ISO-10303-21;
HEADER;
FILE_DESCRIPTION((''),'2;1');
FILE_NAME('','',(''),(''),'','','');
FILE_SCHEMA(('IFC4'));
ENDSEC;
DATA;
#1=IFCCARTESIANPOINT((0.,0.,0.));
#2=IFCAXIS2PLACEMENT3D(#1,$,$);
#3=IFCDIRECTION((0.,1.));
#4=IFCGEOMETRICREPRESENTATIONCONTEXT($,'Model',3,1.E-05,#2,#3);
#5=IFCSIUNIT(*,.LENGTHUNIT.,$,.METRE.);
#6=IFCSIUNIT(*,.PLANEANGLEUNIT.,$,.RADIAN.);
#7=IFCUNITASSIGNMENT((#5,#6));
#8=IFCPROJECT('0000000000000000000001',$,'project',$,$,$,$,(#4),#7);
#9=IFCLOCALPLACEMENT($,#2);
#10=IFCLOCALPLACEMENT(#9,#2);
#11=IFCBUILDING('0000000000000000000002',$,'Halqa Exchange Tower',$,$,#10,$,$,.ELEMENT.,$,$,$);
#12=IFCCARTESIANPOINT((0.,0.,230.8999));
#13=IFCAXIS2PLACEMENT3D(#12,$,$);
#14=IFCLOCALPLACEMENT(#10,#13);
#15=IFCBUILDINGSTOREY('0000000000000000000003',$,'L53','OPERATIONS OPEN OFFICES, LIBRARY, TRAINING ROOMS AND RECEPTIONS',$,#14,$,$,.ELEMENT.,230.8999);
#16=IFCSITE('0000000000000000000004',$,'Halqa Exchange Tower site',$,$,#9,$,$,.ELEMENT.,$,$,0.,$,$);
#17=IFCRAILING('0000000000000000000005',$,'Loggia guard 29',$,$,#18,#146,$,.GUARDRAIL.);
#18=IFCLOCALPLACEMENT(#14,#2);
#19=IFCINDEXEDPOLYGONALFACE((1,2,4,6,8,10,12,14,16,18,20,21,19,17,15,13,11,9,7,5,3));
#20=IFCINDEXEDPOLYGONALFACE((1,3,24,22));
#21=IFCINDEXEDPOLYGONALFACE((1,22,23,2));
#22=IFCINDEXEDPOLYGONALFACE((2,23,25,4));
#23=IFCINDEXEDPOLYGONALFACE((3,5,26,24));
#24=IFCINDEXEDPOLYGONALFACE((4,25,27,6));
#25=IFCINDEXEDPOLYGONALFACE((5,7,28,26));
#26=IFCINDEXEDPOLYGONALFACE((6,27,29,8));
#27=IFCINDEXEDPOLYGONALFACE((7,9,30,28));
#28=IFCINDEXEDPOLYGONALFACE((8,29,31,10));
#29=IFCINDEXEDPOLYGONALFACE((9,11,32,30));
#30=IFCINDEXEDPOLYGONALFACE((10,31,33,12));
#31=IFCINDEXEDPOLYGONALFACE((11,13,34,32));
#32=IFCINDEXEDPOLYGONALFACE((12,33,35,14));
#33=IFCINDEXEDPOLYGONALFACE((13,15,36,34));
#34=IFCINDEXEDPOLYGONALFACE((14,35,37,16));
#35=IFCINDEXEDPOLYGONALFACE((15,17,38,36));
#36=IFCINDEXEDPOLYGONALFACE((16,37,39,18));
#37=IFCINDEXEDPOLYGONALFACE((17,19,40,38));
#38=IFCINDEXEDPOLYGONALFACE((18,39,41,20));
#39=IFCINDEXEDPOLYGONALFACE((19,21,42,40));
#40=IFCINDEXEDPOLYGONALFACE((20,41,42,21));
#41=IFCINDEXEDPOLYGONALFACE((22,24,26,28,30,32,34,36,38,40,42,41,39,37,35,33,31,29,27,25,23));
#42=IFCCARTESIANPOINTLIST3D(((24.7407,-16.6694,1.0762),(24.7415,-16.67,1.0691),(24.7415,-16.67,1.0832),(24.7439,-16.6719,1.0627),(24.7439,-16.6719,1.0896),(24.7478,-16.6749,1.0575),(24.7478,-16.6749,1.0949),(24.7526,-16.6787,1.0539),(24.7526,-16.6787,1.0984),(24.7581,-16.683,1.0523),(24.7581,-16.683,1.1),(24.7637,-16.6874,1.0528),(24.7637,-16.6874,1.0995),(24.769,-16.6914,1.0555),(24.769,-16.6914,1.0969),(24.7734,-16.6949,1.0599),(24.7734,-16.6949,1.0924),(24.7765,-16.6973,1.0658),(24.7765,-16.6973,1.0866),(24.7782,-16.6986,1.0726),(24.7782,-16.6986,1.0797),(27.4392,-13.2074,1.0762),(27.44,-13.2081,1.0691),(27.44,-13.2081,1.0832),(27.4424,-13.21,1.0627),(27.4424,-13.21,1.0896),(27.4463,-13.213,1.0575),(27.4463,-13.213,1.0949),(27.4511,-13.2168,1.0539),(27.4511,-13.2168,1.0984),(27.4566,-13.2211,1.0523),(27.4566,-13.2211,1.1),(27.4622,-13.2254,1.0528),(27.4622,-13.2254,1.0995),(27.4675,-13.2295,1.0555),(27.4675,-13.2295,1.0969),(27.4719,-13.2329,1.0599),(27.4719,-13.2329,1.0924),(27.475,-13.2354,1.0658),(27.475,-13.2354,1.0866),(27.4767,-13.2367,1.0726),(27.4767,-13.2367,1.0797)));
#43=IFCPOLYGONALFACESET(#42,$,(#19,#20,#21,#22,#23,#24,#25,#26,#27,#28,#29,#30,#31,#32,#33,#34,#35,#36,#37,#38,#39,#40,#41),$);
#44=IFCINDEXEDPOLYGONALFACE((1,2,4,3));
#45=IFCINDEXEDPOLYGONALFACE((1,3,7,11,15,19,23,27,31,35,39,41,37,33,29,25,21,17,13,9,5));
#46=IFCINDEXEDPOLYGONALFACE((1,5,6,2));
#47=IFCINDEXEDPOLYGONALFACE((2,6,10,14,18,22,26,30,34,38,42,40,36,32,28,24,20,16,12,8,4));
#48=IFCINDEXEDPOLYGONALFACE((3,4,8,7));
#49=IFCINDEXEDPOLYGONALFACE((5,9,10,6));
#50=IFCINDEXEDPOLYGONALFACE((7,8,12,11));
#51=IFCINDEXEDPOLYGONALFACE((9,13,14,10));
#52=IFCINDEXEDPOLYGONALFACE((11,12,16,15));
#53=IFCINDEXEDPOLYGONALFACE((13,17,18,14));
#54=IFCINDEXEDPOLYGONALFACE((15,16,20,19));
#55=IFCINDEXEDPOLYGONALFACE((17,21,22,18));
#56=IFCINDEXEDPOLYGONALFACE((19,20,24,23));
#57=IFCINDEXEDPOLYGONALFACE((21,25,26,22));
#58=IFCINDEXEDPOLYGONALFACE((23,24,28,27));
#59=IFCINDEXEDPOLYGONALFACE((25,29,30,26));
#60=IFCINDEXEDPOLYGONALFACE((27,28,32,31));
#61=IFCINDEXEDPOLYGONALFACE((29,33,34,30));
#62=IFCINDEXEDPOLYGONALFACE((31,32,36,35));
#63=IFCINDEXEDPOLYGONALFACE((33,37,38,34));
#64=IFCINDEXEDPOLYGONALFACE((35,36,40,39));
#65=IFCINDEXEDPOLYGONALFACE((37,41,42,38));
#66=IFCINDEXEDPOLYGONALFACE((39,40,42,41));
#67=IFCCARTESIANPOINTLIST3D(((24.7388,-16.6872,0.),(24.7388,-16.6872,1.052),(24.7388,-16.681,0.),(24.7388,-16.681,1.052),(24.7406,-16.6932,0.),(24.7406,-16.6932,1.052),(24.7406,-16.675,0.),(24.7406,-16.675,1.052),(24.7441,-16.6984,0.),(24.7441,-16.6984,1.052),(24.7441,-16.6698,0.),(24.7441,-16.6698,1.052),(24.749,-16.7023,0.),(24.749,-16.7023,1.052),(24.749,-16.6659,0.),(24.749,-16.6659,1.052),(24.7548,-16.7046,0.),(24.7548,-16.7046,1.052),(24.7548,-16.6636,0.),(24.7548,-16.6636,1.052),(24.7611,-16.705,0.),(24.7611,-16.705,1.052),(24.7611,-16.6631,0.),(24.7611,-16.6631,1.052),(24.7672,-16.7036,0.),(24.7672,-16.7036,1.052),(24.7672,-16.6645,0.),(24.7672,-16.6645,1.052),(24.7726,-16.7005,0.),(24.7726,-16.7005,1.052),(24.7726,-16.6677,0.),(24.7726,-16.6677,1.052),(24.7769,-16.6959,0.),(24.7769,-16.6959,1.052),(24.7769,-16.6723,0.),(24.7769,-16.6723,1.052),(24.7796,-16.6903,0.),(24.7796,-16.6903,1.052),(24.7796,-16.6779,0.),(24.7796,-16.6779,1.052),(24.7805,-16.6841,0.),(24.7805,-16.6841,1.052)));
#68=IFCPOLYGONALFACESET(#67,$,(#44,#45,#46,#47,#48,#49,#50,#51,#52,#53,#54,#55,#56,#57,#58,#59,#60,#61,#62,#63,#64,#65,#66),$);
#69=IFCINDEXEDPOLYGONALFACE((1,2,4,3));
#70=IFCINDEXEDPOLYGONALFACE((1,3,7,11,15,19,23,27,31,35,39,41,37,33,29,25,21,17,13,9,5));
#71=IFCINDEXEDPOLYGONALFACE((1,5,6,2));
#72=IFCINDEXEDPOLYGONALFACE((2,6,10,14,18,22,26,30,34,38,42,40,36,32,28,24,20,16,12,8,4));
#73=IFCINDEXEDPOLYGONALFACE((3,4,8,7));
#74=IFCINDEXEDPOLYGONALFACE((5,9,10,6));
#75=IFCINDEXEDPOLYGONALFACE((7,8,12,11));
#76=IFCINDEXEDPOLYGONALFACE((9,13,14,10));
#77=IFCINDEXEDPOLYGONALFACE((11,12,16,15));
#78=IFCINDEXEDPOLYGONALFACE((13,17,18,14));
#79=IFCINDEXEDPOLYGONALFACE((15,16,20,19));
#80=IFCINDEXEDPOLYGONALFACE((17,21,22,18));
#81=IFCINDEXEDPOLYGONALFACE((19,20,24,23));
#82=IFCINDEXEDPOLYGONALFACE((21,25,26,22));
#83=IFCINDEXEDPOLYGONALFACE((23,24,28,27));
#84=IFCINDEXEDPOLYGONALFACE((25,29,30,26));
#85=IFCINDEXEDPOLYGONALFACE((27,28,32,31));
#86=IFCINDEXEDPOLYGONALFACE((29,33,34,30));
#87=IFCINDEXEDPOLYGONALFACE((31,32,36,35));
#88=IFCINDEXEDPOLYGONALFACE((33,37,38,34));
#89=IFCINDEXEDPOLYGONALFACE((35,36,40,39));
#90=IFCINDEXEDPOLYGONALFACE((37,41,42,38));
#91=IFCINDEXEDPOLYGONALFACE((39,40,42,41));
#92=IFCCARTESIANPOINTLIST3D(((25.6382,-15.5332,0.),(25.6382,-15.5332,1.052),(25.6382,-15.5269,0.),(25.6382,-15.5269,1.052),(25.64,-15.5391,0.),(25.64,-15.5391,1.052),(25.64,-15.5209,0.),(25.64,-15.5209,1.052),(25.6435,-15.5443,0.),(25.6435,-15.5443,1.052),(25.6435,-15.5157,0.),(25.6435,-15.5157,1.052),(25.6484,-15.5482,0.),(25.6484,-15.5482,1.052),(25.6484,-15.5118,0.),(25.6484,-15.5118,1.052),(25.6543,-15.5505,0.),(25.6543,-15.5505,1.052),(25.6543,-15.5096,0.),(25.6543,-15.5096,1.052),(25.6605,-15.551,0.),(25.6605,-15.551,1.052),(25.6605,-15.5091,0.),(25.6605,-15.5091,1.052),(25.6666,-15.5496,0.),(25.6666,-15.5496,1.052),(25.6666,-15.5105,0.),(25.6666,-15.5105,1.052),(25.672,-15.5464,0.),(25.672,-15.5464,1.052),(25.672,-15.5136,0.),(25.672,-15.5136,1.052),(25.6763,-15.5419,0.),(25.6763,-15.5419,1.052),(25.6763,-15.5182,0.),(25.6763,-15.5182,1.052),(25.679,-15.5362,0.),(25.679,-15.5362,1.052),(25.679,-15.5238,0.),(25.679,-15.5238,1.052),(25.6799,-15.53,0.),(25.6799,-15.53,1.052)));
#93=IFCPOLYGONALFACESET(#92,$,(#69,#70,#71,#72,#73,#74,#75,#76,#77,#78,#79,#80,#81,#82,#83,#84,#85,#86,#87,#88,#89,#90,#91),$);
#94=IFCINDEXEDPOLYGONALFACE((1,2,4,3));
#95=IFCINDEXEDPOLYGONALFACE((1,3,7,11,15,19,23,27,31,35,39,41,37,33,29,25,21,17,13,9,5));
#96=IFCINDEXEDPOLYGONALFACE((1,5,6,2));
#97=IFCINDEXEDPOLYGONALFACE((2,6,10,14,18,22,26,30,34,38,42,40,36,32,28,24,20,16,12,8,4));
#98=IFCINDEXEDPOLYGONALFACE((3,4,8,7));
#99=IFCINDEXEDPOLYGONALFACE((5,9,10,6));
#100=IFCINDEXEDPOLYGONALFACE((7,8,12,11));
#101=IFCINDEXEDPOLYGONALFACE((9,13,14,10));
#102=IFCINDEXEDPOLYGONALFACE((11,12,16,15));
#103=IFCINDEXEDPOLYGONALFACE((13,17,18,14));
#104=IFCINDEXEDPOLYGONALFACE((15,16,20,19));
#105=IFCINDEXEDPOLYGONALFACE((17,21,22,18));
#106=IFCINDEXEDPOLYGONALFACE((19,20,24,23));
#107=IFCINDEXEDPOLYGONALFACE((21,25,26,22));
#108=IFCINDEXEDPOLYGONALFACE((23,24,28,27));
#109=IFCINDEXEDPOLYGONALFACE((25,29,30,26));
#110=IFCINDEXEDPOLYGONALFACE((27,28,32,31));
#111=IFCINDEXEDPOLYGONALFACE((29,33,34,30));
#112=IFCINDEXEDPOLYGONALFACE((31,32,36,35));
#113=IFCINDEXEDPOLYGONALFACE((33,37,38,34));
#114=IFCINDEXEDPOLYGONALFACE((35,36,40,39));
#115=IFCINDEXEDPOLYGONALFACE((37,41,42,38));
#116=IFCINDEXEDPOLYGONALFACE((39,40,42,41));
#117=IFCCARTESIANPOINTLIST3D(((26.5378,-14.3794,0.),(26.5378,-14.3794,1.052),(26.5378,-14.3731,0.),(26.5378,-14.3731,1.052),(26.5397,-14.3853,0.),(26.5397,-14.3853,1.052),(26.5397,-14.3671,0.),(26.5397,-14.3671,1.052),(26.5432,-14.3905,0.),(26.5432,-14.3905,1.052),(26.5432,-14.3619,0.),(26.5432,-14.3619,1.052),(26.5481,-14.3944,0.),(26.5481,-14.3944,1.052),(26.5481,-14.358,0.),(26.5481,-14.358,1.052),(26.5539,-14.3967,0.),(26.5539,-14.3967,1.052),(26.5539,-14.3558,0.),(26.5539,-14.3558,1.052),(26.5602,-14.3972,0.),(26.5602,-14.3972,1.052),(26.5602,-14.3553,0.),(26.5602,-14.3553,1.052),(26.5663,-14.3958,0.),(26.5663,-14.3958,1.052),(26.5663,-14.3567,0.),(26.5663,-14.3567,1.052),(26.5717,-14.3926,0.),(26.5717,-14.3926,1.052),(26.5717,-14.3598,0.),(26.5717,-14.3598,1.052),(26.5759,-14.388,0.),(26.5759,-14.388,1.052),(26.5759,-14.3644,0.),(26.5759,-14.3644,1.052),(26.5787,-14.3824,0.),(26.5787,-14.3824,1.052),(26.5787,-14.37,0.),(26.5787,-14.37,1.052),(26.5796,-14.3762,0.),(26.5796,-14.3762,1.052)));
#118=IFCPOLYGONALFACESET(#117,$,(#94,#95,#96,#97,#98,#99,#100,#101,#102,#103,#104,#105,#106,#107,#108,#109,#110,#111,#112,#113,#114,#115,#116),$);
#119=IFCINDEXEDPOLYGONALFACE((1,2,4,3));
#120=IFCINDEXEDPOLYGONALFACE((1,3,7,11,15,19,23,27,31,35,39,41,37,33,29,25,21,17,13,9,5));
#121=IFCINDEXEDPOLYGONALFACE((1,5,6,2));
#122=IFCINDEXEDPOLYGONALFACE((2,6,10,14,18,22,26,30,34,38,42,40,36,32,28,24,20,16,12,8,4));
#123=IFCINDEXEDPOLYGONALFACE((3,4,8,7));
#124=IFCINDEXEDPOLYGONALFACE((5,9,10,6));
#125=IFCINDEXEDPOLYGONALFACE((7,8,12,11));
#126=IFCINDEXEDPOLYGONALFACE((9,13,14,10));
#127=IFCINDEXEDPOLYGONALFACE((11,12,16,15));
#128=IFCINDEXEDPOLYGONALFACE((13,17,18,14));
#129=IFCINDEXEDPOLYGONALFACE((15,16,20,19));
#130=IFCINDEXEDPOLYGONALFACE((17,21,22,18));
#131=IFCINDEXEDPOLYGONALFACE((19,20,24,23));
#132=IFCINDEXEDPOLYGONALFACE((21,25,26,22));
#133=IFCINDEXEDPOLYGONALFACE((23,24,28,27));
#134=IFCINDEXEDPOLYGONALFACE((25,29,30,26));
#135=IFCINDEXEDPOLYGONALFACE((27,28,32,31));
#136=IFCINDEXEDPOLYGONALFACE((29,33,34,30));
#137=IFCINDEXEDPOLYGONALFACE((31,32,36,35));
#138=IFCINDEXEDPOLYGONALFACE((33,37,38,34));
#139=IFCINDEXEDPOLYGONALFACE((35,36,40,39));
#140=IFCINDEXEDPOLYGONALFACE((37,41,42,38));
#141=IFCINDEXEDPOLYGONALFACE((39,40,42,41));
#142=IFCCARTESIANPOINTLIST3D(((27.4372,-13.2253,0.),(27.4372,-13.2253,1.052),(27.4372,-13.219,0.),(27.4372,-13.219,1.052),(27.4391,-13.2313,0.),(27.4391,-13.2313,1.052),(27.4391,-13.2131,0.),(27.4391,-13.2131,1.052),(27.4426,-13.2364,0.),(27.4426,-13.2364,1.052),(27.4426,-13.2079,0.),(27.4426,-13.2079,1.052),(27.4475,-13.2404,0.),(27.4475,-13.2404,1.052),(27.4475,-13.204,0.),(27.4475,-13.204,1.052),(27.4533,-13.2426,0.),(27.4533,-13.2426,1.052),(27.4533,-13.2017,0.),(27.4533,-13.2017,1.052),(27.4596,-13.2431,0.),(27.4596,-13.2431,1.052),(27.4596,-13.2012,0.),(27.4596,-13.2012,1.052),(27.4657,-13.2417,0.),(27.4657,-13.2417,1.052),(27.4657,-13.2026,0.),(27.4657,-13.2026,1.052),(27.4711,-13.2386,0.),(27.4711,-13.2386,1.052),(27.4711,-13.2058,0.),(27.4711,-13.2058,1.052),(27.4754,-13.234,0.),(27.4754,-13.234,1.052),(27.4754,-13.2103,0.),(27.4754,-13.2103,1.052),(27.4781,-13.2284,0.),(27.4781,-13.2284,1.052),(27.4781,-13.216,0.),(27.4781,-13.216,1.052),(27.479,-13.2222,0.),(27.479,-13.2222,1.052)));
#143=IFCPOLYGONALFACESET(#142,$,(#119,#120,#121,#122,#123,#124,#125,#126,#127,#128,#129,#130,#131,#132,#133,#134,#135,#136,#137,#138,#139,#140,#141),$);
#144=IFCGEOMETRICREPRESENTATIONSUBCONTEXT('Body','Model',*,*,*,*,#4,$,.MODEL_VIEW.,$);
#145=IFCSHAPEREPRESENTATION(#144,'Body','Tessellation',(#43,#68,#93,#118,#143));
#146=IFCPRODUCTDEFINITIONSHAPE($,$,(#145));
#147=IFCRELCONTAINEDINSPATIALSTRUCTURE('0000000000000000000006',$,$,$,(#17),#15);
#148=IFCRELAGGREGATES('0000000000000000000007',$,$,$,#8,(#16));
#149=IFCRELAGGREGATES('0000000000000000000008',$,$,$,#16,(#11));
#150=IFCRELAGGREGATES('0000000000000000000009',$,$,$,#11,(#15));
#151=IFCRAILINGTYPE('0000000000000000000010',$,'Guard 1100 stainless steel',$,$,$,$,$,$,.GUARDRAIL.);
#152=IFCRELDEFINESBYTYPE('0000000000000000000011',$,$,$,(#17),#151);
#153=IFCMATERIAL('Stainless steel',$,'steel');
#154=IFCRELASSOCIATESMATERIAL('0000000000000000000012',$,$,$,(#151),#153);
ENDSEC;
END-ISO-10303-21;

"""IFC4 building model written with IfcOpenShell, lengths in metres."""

from ifc_helpers import new_model, si_unit, direction, frame, origin, origin_2d, place, context, subcontext, project, spatial, circle, extrude, material, type_object, element, save


model = new_model("IFC4")

# Units and contexts
model_context = context("Model", 3, precision=1e-05, world=origin(), true_north=direction((0.0, 1.0)))
body_context = subcontext(model_context, "Body", "Model", "MODEL_VIEW")
ifc_project = project(units=[si_unit("LENGTHUNIT", "METRE"), si_unit("PLANEANGLEUNIT", "RADIAN")], contexts=[model_context])

# Site, building, storey
site_placement = place(None, origin())
site = spatial("IfcSite", under=ifc_project, at=site_placement, Name="Halqa Exchange Tower site", CompositionType="ELEMENT", RefElevation=0.0)
building_placement = place(site_placement, origin())
building = spatial("IfcBuilding", under=site, at=building_placement, Name="Halqa Exchange Tower", CompositionType="ELEMENT")
storey_placement = place(building_placement, frame((0.0, 0.0, 230.8999)))
storey = spatial("IfcBuildingStorey", under=building, at=storey_placement, Name="L53", Description="OPERATIONS OPEN OFFICES, LIBRARY, TRAINING ROOMS AND RECEPTIONS", CompositionType="ELEMENT", Elevation=230.8999)

# Railing
ifc_material_1 = material(Name="Stainless steel", Category="steel")
railing_type = type_object("IfcRailingType", Name="Guard 1100 stainless steel", PredefinedType="GUARDRAIL", material=ifc_material_1)
railing_1_placement = place(storey_placement, frame((24.7595, -16.6841, 0.0)))
element("IfcRailing", 1, at=railing_1_placement, inside=storey, type_object=railing_type, Name="Loggia guard 29", PredefinedType="GUARDRAIL", context=body_context, shape_type="SweptSolid", body=[
    extrude(circle(Radius=0.0239, at=origin_2d()), frame((0.0, 0.0, 1.0762), z_axis=(0.614776, 0.788702, 0.0), x_axis=(-0.788702, 0.614776, 0.0)), (0.0, 0.0, 1.0), 4.3894),
    extrude(circle(Radius=0.021, at=origin_2d()), origin(), (0.0, 0.0, 1.0), 1.052),
    extrude(circle(Radius=0.021, at=origin_2d()), frame((0.8994, 1.1541, 0.0)), (0.0, 0.0, 1.0), 1.052),
    extrude(circle(Radius=0.021, at=origin_2d()), frame((1.7991, 2.3079, 0.0)), (0.0, 0.0, 1.0), 1.052),
    extrude(circle(Radius=0.021, at=origin_2d()), frame((2.6985, 3.4619, 0.0)), (0.0, 0.0, 1.0), 1.052),
])

save(model, "model.ifc")
